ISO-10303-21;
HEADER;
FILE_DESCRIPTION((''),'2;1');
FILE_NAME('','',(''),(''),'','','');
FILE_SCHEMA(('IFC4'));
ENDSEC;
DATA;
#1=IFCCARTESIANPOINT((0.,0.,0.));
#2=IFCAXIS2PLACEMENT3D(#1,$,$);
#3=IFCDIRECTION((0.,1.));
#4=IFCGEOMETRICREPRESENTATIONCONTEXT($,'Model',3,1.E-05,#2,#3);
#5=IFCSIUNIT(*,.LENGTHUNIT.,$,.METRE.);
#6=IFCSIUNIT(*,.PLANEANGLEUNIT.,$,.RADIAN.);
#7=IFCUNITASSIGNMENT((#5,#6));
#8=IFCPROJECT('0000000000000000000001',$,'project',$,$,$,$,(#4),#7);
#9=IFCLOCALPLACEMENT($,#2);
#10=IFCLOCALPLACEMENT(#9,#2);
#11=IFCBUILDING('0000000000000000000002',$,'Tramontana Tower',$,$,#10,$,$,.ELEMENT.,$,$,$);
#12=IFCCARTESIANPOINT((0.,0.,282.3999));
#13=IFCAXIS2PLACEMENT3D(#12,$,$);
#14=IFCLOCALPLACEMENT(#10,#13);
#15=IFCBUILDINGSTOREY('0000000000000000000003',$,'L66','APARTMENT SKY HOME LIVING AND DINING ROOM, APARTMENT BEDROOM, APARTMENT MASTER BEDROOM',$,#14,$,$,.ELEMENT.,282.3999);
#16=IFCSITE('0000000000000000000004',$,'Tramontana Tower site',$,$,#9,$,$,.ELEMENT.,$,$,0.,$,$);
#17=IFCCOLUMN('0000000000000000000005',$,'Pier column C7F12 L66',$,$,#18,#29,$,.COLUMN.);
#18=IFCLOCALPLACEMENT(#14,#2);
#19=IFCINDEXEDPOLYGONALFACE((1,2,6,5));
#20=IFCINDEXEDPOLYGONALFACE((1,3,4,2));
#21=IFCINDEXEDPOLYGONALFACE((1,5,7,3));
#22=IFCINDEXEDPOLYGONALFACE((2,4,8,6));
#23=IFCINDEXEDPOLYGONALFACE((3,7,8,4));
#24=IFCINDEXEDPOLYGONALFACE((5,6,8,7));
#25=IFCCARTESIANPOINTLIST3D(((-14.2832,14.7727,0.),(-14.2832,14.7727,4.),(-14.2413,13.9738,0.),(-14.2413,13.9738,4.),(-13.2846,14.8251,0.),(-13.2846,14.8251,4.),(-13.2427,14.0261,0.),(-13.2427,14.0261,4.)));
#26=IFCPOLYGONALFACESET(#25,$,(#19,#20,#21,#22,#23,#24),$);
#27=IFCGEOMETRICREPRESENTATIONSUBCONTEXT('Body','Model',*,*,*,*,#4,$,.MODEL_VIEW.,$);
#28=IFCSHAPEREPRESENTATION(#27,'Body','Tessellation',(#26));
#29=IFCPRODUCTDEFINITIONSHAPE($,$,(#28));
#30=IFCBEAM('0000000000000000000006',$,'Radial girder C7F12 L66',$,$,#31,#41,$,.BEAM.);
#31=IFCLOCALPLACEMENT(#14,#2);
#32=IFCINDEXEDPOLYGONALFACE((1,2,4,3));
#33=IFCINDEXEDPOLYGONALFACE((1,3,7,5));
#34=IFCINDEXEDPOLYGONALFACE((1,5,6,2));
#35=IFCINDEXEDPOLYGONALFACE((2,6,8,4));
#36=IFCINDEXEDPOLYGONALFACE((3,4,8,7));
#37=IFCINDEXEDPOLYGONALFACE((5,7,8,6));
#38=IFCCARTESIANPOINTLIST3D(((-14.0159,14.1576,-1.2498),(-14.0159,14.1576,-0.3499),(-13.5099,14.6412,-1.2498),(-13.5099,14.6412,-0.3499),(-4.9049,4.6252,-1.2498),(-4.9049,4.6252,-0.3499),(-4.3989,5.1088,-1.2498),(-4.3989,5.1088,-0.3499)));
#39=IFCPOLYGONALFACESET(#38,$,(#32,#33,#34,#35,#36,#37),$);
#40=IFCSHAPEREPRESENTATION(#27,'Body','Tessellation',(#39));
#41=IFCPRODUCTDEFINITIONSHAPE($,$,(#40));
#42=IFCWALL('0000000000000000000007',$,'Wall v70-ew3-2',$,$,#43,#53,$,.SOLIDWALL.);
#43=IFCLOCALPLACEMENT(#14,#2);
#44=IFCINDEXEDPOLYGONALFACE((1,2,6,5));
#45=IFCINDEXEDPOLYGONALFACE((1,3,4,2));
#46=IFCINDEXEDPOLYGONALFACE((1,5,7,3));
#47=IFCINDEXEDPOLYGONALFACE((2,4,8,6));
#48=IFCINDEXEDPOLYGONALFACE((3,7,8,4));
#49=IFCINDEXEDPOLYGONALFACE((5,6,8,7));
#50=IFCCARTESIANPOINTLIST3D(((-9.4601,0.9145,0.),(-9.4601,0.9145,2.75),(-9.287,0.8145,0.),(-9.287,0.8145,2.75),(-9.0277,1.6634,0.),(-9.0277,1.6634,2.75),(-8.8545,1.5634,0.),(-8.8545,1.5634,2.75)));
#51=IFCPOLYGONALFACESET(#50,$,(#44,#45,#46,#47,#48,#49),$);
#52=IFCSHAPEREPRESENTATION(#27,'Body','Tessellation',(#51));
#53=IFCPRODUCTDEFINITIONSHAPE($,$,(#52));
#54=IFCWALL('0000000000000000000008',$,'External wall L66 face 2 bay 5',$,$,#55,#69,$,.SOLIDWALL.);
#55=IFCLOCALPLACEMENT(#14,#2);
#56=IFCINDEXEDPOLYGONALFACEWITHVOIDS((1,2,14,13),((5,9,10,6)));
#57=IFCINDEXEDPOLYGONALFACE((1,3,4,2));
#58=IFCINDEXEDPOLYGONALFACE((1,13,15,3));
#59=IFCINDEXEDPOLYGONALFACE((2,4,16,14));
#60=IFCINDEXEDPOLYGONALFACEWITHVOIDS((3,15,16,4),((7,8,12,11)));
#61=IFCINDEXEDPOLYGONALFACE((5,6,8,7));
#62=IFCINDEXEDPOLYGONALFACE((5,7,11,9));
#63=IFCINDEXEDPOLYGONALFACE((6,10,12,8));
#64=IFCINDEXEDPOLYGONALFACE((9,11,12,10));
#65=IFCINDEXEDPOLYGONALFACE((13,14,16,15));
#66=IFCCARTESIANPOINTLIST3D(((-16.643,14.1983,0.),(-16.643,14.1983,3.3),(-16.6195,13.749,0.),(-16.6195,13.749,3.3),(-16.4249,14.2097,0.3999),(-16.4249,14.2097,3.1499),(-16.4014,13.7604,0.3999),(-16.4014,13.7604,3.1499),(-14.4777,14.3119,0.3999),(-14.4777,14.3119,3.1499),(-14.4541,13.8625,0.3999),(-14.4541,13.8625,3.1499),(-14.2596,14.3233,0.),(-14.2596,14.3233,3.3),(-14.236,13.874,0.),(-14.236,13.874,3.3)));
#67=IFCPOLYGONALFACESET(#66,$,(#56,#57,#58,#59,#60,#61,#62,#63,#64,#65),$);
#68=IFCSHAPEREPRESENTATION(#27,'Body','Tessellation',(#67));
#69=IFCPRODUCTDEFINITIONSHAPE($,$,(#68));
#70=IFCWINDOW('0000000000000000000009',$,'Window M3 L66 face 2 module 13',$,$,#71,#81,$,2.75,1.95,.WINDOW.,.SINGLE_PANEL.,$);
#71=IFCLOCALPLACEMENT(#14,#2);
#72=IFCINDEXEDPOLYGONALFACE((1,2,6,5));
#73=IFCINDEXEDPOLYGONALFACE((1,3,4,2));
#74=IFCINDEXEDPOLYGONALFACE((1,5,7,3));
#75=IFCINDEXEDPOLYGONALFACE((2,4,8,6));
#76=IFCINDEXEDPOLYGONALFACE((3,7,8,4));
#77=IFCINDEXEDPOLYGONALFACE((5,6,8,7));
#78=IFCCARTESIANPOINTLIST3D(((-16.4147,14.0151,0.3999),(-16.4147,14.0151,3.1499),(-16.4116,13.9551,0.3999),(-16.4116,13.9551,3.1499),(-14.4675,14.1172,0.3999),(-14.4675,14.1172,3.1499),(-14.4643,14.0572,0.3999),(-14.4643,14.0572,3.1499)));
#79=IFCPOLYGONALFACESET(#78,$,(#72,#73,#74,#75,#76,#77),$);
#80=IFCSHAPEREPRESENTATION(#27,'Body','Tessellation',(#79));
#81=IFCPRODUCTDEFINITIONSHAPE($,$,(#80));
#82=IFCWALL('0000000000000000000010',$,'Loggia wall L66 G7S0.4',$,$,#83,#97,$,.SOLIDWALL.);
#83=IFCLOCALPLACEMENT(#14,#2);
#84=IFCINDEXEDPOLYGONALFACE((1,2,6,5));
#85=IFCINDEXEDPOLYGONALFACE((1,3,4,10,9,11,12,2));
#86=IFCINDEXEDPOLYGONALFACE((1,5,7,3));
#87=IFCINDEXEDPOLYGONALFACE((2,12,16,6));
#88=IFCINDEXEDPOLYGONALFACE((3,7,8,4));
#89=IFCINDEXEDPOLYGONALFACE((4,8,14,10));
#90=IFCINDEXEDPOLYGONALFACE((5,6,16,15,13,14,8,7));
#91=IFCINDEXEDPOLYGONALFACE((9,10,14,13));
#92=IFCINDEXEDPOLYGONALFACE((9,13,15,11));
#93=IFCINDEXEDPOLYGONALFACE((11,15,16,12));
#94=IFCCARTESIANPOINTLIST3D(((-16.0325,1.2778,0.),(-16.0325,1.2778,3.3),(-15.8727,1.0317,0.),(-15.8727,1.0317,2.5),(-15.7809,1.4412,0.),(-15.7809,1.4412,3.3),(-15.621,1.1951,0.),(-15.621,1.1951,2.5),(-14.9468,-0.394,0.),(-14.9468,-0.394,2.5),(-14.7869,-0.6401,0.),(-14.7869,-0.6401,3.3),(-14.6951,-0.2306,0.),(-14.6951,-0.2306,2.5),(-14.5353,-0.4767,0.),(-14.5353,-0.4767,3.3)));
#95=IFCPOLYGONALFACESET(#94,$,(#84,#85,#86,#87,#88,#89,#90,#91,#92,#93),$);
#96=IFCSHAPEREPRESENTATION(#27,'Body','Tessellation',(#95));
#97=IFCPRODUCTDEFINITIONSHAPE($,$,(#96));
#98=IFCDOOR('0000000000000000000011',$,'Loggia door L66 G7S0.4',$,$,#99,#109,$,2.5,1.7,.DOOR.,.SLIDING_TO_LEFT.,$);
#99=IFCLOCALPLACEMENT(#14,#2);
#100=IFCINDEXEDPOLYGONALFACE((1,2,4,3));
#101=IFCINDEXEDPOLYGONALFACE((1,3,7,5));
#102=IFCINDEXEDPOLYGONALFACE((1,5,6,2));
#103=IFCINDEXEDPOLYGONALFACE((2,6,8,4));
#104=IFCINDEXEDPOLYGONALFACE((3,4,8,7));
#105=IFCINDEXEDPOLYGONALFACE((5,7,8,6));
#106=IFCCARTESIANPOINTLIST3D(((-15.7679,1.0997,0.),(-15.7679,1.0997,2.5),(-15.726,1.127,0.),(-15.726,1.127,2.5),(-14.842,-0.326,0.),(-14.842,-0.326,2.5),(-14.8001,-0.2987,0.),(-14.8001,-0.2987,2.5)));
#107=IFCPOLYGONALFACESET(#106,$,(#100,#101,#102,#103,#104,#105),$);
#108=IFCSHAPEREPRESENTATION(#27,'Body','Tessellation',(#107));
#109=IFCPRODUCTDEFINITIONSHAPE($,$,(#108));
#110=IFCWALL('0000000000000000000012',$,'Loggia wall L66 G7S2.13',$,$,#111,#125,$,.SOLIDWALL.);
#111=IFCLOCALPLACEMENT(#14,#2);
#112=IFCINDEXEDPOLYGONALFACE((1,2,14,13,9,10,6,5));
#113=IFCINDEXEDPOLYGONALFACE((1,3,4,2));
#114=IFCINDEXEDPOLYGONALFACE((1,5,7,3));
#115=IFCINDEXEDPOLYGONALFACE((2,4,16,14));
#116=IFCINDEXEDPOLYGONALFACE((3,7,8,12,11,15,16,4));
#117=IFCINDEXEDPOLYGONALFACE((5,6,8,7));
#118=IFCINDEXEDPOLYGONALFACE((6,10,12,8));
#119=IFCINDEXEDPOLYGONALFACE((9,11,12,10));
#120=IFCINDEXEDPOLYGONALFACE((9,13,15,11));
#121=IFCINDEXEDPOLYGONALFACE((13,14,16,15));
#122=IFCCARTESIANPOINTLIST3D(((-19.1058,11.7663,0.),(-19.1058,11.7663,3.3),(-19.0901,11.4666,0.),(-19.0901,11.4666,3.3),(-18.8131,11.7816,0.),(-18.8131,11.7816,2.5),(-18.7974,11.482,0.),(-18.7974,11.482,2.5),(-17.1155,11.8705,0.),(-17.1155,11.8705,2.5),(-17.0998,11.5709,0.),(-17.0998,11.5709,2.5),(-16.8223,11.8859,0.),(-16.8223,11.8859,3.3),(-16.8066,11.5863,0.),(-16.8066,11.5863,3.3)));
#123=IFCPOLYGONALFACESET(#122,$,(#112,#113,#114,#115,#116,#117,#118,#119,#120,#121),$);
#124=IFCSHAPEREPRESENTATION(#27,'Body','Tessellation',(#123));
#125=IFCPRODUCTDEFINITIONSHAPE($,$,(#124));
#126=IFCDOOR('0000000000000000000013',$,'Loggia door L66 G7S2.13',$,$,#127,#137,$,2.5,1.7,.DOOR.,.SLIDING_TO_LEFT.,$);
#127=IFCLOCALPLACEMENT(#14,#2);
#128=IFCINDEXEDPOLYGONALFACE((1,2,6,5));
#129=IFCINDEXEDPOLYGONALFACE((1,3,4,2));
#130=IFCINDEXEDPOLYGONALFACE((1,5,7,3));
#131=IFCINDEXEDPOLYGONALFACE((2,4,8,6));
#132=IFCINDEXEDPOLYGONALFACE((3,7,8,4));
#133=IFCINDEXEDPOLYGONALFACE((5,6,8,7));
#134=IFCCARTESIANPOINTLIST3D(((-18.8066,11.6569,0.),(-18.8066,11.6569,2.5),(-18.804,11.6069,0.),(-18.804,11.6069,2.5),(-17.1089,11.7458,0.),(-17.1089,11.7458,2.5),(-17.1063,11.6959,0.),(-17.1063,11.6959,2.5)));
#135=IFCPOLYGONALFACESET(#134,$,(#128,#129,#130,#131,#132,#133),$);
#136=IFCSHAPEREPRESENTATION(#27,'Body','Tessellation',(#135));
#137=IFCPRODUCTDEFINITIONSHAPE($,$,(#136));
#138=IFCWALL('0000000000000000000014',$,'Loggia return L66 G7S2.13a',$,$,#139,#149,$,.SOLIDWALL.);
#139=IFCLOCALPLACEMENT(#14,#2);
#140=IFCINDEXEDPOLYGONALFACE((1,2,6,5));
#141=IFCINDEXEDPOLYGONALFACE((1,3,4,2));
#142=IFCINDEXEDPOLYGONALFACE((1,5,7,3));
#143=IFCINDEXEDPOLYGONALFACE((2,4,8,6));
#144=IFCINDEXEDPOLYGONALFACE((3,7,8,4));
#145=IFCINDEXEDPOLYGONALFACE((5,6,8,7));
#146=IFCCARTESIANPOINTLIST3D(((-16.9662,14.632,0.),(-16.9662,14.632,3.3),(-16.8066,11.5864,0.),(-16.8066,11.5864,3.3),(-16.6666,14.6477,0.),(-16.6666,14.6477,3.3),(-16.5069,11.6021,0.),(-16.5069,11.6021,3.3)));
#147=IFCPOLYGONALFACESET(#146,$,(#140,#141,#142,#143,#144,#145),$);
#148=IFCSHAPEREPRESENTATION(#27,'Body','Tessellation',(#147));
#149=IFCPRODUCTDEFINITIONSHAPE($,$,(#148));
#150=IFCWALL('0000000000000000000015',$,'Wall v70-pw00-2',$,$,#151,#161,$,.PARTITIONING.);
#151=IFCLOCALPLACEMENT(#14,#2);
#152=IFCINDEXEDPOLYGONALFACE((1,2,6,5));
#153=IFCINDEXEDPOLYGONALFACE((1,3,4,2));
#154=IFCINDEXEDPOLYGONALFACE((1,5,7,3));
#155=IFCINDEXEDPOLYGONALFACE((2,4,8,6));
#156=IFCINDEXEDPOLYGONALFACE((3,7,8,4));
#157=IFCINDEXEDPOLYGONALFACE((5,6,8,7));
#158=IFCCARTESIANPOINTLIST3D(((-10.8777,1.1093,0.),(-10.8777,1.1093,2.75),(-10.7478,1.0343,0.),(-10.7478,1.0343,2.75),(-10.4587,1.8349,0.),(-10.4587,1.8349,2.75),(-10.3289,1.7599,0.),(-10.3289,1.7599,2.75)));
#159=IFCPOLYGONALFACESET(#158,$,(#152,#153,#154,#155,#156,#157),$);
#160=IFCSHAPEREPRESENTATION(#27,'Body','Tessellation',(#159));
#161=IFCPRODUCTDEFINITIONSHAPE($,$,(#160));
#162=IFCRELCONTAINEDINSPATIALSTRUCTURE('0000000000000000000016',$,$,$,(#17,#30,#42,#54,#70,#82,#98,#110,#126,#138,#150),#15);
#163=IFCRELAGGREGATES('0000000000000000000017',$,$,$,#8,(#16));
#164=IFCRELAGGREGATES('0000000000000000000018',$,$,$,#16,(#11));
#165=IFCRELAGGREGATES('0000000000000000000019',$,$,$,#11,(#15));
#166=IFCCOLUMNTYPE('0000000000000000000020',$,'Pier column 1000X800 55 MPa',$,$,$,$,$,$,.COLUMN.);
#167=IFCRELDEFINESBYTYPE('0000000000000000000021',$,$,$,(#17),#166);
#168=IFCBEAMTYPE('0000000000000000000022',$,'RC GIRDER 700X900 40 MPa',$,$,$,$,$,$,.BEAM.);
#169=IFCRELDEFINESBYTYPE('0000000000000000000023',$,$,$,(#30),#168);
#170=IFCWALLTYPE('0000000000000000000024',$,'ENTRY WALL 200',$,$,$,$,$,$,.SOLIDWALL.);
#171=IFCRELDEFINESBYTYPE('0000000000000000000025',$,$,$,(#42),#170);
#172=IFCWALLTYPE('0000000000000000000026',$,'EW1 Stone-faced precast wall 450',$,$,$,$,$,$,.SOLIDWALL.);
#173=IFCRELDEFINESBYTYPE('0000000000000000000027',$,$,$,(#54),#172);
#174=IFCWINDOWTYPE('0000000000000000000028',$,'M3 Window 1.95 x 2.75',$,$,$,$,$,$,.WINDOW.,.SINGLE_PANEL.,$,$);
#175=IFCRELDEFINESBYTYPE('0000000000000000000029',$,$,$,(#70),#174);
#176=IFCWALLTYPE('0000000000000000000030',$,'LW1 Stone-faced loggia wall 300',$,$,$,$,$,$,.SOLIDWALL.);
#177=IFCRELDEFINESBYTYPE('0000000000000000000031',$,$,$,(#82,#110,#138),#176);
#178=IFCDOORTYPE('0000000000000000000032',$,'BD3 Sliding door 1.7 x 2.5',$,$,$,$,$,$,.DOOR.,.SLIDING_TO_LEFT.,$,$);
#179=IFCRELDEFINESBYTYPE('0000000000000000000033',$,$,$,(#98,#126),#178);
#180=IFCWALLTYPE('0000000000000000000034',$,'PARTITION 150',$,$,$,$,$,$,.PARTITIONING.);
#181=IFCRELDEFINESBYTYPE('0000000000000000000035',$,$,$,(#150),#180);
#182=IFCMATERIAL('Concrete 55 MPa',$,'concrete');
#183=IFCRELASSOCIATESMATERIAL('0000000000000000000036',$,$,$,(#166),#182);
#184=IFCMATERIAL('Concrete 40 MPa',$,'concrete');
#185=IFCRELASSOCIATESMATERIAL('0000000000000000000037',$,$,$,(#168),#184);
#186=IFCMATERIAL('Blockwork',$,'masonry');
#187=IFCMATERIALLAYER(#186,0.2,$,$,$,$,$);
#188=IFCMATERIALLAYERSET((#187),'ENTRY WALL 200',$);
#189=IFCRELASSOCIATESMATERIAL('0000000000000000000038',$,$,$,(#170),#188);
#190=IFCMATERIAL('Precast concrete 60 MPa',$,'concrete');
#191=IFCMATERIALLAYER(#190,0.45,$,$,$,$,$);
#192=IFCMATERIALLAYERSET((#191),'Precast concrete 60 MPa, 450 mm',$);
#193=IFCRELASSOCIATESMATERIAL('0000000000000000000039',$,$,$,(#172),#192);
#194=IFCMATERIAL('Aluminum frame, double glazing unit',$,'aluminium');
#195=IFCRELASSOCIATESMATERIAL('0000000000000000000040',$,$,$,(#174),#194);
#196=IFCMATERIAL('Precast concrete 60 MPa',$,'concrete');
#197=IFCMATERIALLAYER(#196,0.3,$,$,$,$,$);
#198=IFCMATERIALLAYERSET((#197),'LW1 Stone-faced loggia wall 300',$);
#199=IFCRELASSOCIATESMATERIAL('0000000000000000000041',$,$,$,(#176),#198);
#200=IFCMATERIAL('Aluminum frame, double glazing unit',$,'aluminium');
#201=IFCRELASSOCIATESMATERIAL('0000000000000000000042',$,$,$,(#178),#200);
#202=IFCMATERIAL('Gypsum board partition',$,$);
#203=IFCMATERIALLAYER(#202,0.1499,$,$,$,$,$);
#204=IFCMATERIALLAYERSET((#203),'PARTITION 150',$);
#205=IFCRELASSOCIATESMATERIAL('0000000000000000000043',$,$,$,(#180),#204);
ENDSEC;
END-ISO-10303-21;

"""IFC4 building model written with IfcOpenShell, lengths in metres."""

from ifc_helpers import new_model, si_unit, direction, frame, frame_2d, origin, origin_2d, place, context, subcontext, project, spatial, rectangle, extrude, material, layer, layer_set, material_profile, profile_set, type_object, element, fill, save


model = new_model("IFC4")

# Units and contexts
model_context = context("Model", 3, precision=1e-05, world=origin(), true_north=direction((0.0, 1.0)))
body_context = subcontext(model_context, "Body", "Model", "MODEL_VIEW")
ifc_project = project(units=[si_unit("LENGTHUNIT", "METRE"), si_unit("PLANEANGLEUNIT", "RADIAN")], contexts=[model_context])

# Site, building, storey
site_placement = place(None, origin())
site = spatial("IfcSite", under=ifc_project, at=site_placement, Name="Tramontana Tower site", CompositionType="ELEMENT", RefElevation=0.0)
building_placement = place(site_placement, origin())
building = spatial("IfcBuilding", under=site, at=building_placement, Name="Tramontana Tower", CompositionType="ELEMENT")
storey_placement = place(building_placement, frame((0.0, 0.0, 282.3999)))
storey = spatial("IfcBuildingStorey", under=building, at=storey_placement, Name="L66", Description="APARTMENT SKY HOME LIVING AND DINING ROOM, APARTMENT BEDROOM, APARTMENT MASTER BEDROOM", CompositionType="ELEMENT", Elevation=282.3999)

# Column
ifc_material_1 = material(Name="Concrete 55 MPa", Category="concrete")
ifc_material_profile_1 = material_profile(ifc_material_1, rectangle(XDim=1.0, YDim=0.8, at=origin_2d()), Name="Pier column 1000X800 55 MPa")
ifc_profile_set_1 = profile_set([ifc_material_profile_1], Name="Concrete 55 MPa")
column_type = type_object("IfcColumnType", Name="Pier column 1000X800 55 MPa", PredefinedType="COLUMN", material=ifc_profile_set_1)
column_placement = place(storey_placement, frame((-13.7629, 14.3994, 0.0), z_axis=(0.0, 0.0, 1.0), x_axis=(-0.99863, -0.052336, 0.0)))
element("IfcColumn", 1, at=column_placement, inside=storey, type_object=column_type, Name="Pier column C7F12 L66", PredefinedType="COLUMN", context=body_context, shape_type="SweptSolid", body=[
    extrude(rectangle(XDim=1.0, YDim=0.8, at=origin_2d()), origin(), (0.0, 0.0, 1.0), 4.0),
])

# Beam
ifc_material_2 = material(Name="Concrete 40 MPa", Category="concrete")
ifc_material_profile_2 = material_profile(ifc_material_2, rectangle(XDim=0.7, YDim=0.8999, at=origin_2d()), Name="RC GIRDER 700X900 40 MPa")
ifc_profile_set_2 = profile_set([ifc_material_profile_2], Name="Concrete 40 MPa")
beam_type = type_object("IfcBeamType", Name="RC GIRDER 700X900 40 MPa", PredefinedType="BEAM", material=ifc_profile_set_2)
beam_placement = place(storey_placement, frame((-13.7629, 14.3994, -0.7998), z_axis=(0.690948, -0.722904, 0.0), x_axis=(0.722904, 0.690948, 0.0)))
element("IfcBeam", 2, at=beam_placement, inside=storey, type_object=beam_type, Name="Radial girder C7F12 L66", PredefinedType="BEAM", context=body_context, shape_type="SweptSolid", body=[
    extrude(rectangle(XDim=0.7, YDim=0.8999, at=origin_2d()), origin(), (0.0, 0.0, 1.0), 13.1863),
])

# Wall
ifc_material_3 = material(Name="Blockwork", Category="masonry")
ifc_layer_1 = layer(ifc_material_3, 0.2)
ifc_layer_set_1 = layer_set([ifc_layer_1], Name="ENTRY WALL 200")
wall_type_1 = type_object("IfcWallType", Name="ENTRY WALL 200", PredefinedType="SOLIDWALL", material=ifc_layer_set_1)
wall_1_placement = place(storey_placement, frame((-9.3735, 0.8645, 0.0), z_axis=(0.0, 0.0, 1.0), x_axis=(0.500056, 0.865993, 0.0)))
element("IfcWall", 3, at=wall_1_placement, inside=storey, type_object=wall_type_1, Name="Wall v70-ew3-2", PredefinedType="SOLIDWALL", context=body_context, shape_type="SweptSolid", body=[
    extrude(rectangle(XDim=0.8647, YDim=0.2, at=frame_2d((0.4324, 0.0))), origin(), (0.0, 0.0, 1.0), 2.75),
])

# Wall, opening, window
ifc_material_4 = material(Name="Precast concrete 60 MPa", Category="concrete")
ifc_layer_2 = layer(ifc_material_4, 0.45)
ifc_layer_set_2 = layer_set([ifc_layer_2], Name="Precast concrete 60 MPa, 450 mm")
wall_type_2 = type_object("IfcWallType", Name="EW1 Stone-faced precast wall 450", PredefinedType="SOLIDWALL", material=ifc_layer_set_2)
wall_2_placement = place(storey_placement, frame((-14.2478, 14.0986, 0.0), z_axis=(0.0, 0.0, 1.0), x_axis=(-0.998628, -0.052371, 0.0)))
wall_2 = element("IfcWall", 4, at=wall_2_placement, inside=storey, type_object=wall_type_2, Name="External wall L66 face 2 bay 5", PredefinedType="SOLIDWALL", context=body_context, shape_type="SweptSolid", body=[
    extrude(rectangle(XDim=2.3867, YDim=0.45, at=frame_2d((1.1934, 0.0))), origin(), (0.0, 0.0, 1.0), 3.3),
])
opening_1_placement = place(wall_2_placement, frame((0.2183, 0.0, 0.3999)))
opening_1 = element("IfcOpeningElement", 5, at=opening_1_placement, cuts=wall_2, PredefinedType="OPENING", context=body_context, shape_type="SweptSolid", body=[
    extrude(rectangle(XDim=1.95, YDim=2.75, at=frame_2d((0.9751, 1.375))), frame((0.0, 0.2349, 0.0), z_axis=(0.0, -1.0, 0.0), x_axis=(1.0, 0.0, 0.0)), (0.0, 0.0, 1.0), 0.47),
])
ifc_material_5 = material(Name="Aluminum frame, double glazing unit", Category="aluminium")
window_type = type_object("IfcWindowType", Name="M3 Window 1.95 x 2.75", PartitioningType="SINGLE_PANEL", PredefinedType="WINDOW", material=ifc_material_5)
window_placement = place(opening_1_placement, origin())
window = element("IfcWindow", 6, at=window_placement, inside=storey, type_object=window_type, Name="Window M3 L66 face 2 module 13", OverallHeight=2.75, OverallWidth=1.95, PartitioningType="SINGLE_PANEL", PredefinedType="WINDOW", context=body_context, shape_type="SweptSolid", body=[
    extrude(rectangle(XDim=1.95, YDim=2.75, at=frame_2d((0.9751, 1.375))), frame((0.0, 0.03, 0.0), z_axis=(0.0, -1.0, 0.0), x_axis=(1.0, 0.0, 0.0)), (0.0, 0.0, 1.0), 0.0601),
])
fill(opening_1, window)

# Walls, openings, doors
ifc_material_6 = material(Name="Precast concrete 60 MPa", Category="concrete")
ifc_layer_3 = layer(ifc_material_6, 0.3)
ifc_layer_set_3 = layer_set([ifc_layer_3], Name="LW1 Stone-faced loggia wall 300")
wall_type_3 = type_object("IfcWallType", Name="LW1 Stone-faced loggia wall 300", PredefinedType="SOLIDWALL", material=ifc_layer_set_3)
wall_3_placement = place(storey_placement, frame((-15.9067, 1.3596, 0.0), z_axis=(0.0, 0.0, 1.0), x_axis=(0.544658, -0.838658, 0.0)))
wall_3 = element("IfcWall", 7, at=wall_3_placement, inside=storey, type_object=wall_type_3, Name="Loggia wall L66 G7S0.4", PredefinedType="SOLIDWALL", context=body_context, shape_type="SweptSolid", body=[
    extrude(rectangle(XDim=2.2869, YDim=0.3, at=frame_2d((1.1436, 0.0))), origin(), (0.0, 0.0, 1.0), 3.3),
])
opening_2_placement = place(wall_3_placement, frame((0.2935, 0.0, 0.0)))
opening_2 = element("IfcOpeningElement", 8, at=opening_2_placement, cuts=wall_3, PredefinedType="OPENING", context=body_context, shape_type="SweptSolid", body=[
    extrude(rectangle(XDim=1.7, YDim=2.5, at=frame_2d((0.8501, 1.25))), frame((0.0, 0.1599, 0.0), z_axis=(0.0, -1.0, 0.0), x_axis=(1.0, 0.0, 0.0)), (0.0, 0.0, 1.0), 0.3201),
])
ifc_material_7 = material(Name="Aluminum frame, double glazing unit", Category="aluminium")
door_type_1 = type_object("IfcDoorType", Name="BD3 Sliding door 1.7 x 2.5", OperationType="SLIDING_TO_LEFT", PredefinedType="DOOR", material=ifc_material_7)
door_1_placement = place(opening_2_placement, origin())
door_1 = element("IfcDoor", 9, at=door_1_placement, inside=storey, type_object=door_type_1, Name="Loggia door L66 G7S0.4", OperationType="SLIDING_TO_LEFT", OverallHeight=2.5, OverallWidth=1.7, PredefinedType="DOOR", context=body_context, shape_type="SweptSolid", body=[
    extrude(rectangle(XDim=1.7, YDim=2.5, at=frame_2d((0.8501, 1.25))), frame((0.0, 0.0249, 0.0), z_axis=(0.0, -1.0, 0.0), x_axis=(1.0, 0.0, 0.0)), (0.0, 0.0, 1.0), 0.05),
])
fill(opening_2, door_1)
wall_4_placement = place(storey_placement, frame((-16.8145, 11.7361, 0.0), z_axis=(0.0, 0.0, 1.0), x_axis=(-0.99863, -0.052318, 0.0)))
wall_4 = element("IfcWall", 10, at=wall_4_placement, inside=storey, type_object=wall_type_3, Name="Loggia wall L66 G7S2.13", PredefinedType="SOLIDWALL", context=body_context, shape_type="SweptSolid", body=[
    extrude(rectangle(XDim=2.2866, YDim=0.3, at=frame_2d((1.1433, 0.0))), origin(), (0.0, 0.0, 1.0), 3.3),
])
opening_3_placement = place(wall_4_placement, frame((0.2935, 0.0, 0.0)))
opening_3 = element("IfcOpeningElement", 11, at=opening_3_placement, cuts=wall_4, PredefinedType="OPENING", context=body_context, shape_type="SweptSolid", body=[
    extrude(rectangle(XDim=1.7, YDim=2.5, at=frame_2d((0.8501, 1.25))), frame((0.0, 0.1599, 0.0), z_axis=(0.0, -1.0, 0.0), x_axis=(1.0, 0.0, 0.0)), (0.0, 0.0, 1.0), 0.3201),
])
door_2_placement = place(opening_3_placement, origin())
door_2 = element("IfcDoor", 12, at=door_2_placement, inside=storey, type_object=door_type_1, Name="Loggia door L66 G7S2.13", OperationType="SLIDING_TO_LEFT", OverallHeight=2.5, OverallWidth=1.7, PredefinedType="DOOR", context=body_context, shape_type="SweptSolid", body=[
    extrude(rectangle(XDim=1.7, YDim=2.5, at=frame_2d((0.8501, 1.25))), frame((0.0, 0.0249, 0.0), z_axis=(0.0, -1.0, 0.0), x_axis=(1.0, 0.0, 0.0)), (0.0, 0.0, 1.0), 0.05),
])
fill(opening_3, door_2)

# Walls
wall_5_placement = place(storey_placement, frame((-16.8164, 14.6399, 0.0), z_axis=(0.0, 0.0, 1.0), x_axis=(0.052353, -0.998629, 0.0)))
element("IfcWall", 13, at=wall_5_placement, inside=storey, type_object=wall_type_3, Name="Loggia return L66 G7S2.13a", PredefinedType="SOLIDWALL", context=body_context, shape_type="SweptSolid", body=[
    extrude(rectangle(XDim=3.0498, YDim=0.3, at=frame_2d((1.5249, 0.0))), origin(), (0.0, 0.0, 1.0), 3.3),
])
ifc_material_8 = material(Name="Gypsum board partition")
ifc_layer_4 = layer(ifc_material_8, 0.1499)
ifc_layer_set_4 = layer_set([ifc_layer_4], Name="PARTITION 150")
wall_type_4 = type_object("IfcWallType", Name="PARTITION 150", PredefinedType="PARTITIONING", material=ifc_layer_set_4)
wall_6_placement = place(storey_placement, frame((-10.8127, 1.0718, 0.0), z_axis=(0.0, 0.0, 1.0), x_axis=(0.500025, 0.866011, 0.0)))
element("IfcWall", 14, at=wall_6_placement, inside=storey, type_object=wall_type_4, Name="Wall v70-pw00-2", PredefinedType="PARTITIONING", context=body_context, shape_type="SweptSolid", body=[
    extrude(rectangle(XDim=0.8379, YDim=0.1499, at=frame_2d((0.4189, 0.0))), origin(), (0.0, 0.0, 1.0), 2.75),
])

save(model, "model.ifc")
